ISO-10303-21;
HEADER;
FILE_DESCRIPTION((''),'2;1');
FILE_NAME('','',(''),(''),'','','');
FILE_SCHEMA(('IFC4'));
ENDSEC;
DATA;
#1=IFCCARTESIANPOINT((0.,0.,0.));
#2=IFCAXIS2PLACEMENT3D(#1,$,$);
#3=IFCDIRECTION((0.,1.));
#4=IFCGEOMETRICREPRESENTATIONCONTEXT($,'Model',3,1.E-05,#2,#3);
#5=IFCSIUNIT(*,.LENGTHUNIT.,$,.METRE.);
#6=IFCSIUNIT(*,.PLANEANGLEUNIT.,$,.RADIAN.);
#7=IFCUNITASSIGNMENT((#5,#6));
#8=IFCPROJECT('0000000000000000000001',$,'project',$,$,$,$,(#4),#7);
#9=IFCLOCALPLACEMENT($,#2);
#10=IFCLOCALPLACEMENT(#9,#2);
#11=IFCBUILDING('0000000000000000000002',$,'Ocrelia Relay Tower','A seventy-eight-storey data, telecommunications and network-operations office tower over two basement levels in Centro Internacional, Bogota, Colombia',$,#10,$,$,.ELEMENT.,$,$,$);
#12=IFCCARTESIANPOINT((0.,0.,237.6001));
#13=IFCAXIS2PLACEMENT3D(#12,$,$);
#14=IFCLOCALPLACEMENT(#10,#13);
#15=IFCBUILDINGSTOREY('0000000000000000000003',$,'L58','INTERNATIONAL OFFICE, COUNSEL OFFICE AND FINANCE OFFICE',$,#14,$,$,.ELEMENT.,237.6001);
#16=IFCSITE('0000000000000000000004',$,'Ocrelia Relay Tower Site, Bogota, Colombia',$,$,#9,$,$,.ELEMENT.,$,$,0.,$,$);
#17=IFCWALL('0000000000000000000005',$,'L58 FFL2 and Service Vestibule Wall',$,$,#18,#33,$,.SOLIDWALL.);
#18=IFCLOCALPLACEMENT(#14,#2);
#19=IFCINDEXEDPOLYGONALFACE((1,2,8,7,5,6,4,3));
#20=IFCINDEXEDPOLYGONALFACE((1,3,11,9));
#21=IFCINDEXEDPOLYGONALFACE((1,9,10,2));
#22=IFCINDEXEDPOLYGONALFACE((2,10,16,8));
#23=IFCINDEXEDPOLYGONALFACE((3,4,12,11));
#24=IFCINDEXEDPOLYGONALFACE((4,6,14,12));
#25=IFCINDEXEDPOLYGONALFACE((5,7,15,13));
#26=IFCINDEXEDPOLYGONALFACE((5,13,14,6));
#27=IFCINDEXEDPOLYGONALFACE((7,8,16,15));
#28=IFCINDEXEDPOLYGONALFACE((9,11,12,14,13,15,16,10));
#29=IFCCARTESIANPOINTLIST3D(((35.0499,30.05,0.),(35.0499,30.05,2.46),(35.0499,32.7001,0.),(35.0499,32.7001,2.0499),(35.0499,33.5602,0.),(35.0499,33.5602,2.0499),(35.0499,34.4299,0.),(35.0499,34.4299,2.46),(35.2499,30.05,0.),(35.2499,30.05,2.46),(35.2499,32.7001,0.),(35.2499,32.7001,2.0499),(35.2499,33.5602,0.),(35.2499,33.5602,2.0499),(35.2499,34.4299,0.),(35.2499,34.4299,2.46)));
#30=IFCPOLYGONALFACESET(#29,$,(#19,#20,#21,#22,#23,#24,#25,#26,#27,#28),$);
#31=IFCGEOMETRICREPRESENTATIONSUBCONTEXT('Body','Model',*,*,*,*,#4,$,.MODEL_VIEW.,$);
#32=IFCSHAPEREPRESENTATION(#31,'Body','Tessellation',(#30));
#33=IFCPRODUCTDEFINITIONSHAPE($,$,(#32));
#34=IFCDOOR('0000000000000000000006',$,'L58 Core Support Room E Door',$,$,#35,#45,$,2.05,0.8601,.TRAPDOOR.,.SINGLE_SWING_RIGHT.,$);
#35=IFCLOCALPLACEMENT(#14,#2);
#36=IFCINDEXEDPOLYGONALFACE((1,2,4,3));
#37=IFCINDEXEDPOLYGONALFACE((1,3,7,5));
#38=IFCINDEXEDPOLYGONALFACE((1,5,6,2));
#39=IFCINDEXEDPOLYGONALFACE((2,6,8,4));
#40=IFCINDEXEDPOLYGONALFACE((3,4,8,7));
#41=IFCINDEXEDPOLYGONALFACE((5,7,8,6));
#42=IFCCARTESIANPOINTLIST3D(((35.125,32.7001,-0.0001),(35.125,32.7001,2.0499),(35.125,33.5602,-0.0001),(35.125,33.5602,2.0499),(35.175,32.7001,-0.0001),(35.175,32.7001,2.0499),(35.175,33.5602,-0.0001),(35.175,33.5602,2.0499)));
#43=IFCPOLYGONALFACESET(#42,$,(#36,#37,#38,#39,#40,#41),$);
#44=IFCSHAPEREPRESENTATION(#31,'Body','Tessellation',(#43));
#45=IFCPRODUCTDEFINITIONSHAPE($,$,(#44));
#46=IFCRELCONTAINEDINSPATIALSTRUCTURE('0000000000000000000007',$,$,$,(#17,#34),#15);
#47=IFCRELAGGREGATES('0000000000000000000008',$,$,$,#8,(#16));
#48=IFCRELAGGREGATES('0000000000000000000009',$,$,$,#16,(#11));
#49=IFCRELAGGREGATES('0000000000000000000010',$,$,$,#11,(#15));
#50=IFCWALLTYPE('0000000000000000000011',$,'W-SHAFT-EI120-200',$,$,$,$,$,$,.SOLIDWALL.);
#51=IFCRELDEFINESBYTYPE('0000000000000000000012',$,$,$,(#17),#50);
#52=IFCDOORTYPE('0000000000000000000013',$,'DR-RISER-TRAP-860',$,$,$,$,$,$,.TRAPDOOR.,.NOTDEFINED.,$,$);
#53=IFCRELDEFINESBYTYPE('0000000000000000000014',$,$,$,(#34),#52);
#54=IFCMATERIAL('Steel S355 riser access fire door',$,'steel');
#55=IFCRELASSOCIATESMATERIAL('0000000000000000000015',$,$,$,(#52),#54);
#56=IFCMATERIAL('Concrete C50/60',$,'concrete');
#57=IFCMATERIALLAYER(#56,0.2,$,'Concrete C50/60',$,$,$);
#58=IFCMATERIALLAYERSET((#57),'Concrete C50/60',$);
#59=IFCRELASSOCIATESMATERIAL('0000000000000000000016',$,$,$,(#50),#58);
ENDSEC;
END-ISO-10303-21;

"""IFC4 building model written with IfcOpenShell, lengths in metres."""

from ifc_helpers import new_model, si_unit, direction, frame, frame_2d, origin, place, context, subcontext, project, spatial, rectangle, extrude, material, layer, layer_set, type_object, element, fill, save


model = new_model("IFC4")

# Units and contexts
model_context = context("Model", 3, precision=1e-05, world=origin(), true_north=direction((0.0, 1.0)))
body_context = subcontext(model_context, "Body", "Model", "MODEL_VIEW")
ifc_project = project(units=[si_unit("LENGTHUNIT", "METRE"), si_unit("PLANEANGLEUNIT", "RADIAN")], contexts=[model_context])

# Site, building, storey
site_placement = place(None, origin())
site = spatial("IfcSite", under=ifc_project, at=site_placement, Name="Ocrelia Relay Tower Site, Bogota, Colombia", CompositionType="ELEMENT", RefElevation=0.0)
building_placement = place(site_placement, origin())
building = spatial("IfcBuilding", under=site, at=building_placement, Name="Ocrelia Relay Tower", Description="A seventy-eight-storey data, telecommunications and network-operations office tower over two basement levels in Centro Internacional, Bogota, Colombia", CompositionType="ELEMENT")
storey_placement = place(building_placement, frame((0.0, 0.0, 237.6001)))
storey = spatial("IfcBuildingStorey", under=building, at=storey_placement, Name="L58", Description="INTERNATIONAL OFFICE, COUNSEL OFFICE AND FINANCE OFFICE", CompositionType="ELEMENT", Elevation=237.6001)

# Shared definitions
ifc_material_1 = material(Name="Concrete C50/60", Category="concrete")

# Shared definitions
ifc_material_2 = material(Name="Steel S355 riser access fire door", Category="steel")
door_type_1 = type_object("IfcDoorType", Name="DR-RISER-TRAP-860", OperationType="NOTDEFINED", PredefinedType="TRAPDOOR", material=ifc_material_2)
ifc_layer_1 = layer(ifc_material_1, 0.2, Name="Concrete C50/60")
ifc_layer_set_1 = layer_set([ifc_layer_1], Name="Concrete C50/60")
wall_type_1 = type_object("IfcWallType", Name="W-SHAFT-EI120-200", PredefinedType="SOLIDWALL", material=ifc_layer_set_1)

# Wall, opening, door
wall_1_placement = place(storey_placement, frame((35.1499, 30.05, 0.0), z_axis=(0.0, 0.0, 1.0), x_axis=(0.0, 1.0, 0.0)))
wall_1 = element("IfcWall", 1, at=wall_1_placement, inside=storey, type_object=wall_type_1, Name="L58 FFL2 and Service Vestibule Wall", PredefinedType="SOLIDWALL", context=body_context, shape_type="SweptSolid", body=[
    extrude(rectangle(XDim=4.3799, YDim=0.2, at=frame_2d((2.1899, 0.0))), origin(), (0.0, 0.0, 1.0), 2.46),
])
opening_1_placement = place(wall_1_placement, frame((2.6499, 0.0, 0.0)))
opening_1 = element("IfcOpeningElement", 2, at=opening_1_placement, cuts=wall_1, PredefinedType="OPENING", context=body_context, shape_type="SweptSolid", body=[
    extrude(rectangle(XDim=0.8601, YDim=2.05, at=frame_2d((0.4302, 1.0249))), frame((0.0, 0.1099, 0.0), z_axis=(0.0, -1.0, 0.0), x_axis=(1.0, 0.0, 0.0)), (0.0, 0.0, 1.0), 0.22),
])
door_1_placement = place(opening_1_placement, origin())
door_1 = element("IfcDoor", 3, at=door_1_placement, inside=storey, type_object=door_type_1, Name="L58 Core Support Room E Door", OperationType="SINGLE_SWING_RIGHT", OverallHeight=2.05, OverallWidth=0.8601, PredefinedType="TRAPDOOR", context=body_context, shape_type="SweptSolid", body=[
    extrude(rectangle(XDim=0.8601, YDim=2.05, at=frame_2d((0.4302, 1.0249))), frame((0.0, 0.0249, 0.0), z_axis=(0.0, -1.0, 0.0), x_axis=(1.0, 0.0, 0.0)), (0.0, 0.0, 1.0), 0.05),
])
fill(opening_1, door_1)

save(model, "model.ifc")
